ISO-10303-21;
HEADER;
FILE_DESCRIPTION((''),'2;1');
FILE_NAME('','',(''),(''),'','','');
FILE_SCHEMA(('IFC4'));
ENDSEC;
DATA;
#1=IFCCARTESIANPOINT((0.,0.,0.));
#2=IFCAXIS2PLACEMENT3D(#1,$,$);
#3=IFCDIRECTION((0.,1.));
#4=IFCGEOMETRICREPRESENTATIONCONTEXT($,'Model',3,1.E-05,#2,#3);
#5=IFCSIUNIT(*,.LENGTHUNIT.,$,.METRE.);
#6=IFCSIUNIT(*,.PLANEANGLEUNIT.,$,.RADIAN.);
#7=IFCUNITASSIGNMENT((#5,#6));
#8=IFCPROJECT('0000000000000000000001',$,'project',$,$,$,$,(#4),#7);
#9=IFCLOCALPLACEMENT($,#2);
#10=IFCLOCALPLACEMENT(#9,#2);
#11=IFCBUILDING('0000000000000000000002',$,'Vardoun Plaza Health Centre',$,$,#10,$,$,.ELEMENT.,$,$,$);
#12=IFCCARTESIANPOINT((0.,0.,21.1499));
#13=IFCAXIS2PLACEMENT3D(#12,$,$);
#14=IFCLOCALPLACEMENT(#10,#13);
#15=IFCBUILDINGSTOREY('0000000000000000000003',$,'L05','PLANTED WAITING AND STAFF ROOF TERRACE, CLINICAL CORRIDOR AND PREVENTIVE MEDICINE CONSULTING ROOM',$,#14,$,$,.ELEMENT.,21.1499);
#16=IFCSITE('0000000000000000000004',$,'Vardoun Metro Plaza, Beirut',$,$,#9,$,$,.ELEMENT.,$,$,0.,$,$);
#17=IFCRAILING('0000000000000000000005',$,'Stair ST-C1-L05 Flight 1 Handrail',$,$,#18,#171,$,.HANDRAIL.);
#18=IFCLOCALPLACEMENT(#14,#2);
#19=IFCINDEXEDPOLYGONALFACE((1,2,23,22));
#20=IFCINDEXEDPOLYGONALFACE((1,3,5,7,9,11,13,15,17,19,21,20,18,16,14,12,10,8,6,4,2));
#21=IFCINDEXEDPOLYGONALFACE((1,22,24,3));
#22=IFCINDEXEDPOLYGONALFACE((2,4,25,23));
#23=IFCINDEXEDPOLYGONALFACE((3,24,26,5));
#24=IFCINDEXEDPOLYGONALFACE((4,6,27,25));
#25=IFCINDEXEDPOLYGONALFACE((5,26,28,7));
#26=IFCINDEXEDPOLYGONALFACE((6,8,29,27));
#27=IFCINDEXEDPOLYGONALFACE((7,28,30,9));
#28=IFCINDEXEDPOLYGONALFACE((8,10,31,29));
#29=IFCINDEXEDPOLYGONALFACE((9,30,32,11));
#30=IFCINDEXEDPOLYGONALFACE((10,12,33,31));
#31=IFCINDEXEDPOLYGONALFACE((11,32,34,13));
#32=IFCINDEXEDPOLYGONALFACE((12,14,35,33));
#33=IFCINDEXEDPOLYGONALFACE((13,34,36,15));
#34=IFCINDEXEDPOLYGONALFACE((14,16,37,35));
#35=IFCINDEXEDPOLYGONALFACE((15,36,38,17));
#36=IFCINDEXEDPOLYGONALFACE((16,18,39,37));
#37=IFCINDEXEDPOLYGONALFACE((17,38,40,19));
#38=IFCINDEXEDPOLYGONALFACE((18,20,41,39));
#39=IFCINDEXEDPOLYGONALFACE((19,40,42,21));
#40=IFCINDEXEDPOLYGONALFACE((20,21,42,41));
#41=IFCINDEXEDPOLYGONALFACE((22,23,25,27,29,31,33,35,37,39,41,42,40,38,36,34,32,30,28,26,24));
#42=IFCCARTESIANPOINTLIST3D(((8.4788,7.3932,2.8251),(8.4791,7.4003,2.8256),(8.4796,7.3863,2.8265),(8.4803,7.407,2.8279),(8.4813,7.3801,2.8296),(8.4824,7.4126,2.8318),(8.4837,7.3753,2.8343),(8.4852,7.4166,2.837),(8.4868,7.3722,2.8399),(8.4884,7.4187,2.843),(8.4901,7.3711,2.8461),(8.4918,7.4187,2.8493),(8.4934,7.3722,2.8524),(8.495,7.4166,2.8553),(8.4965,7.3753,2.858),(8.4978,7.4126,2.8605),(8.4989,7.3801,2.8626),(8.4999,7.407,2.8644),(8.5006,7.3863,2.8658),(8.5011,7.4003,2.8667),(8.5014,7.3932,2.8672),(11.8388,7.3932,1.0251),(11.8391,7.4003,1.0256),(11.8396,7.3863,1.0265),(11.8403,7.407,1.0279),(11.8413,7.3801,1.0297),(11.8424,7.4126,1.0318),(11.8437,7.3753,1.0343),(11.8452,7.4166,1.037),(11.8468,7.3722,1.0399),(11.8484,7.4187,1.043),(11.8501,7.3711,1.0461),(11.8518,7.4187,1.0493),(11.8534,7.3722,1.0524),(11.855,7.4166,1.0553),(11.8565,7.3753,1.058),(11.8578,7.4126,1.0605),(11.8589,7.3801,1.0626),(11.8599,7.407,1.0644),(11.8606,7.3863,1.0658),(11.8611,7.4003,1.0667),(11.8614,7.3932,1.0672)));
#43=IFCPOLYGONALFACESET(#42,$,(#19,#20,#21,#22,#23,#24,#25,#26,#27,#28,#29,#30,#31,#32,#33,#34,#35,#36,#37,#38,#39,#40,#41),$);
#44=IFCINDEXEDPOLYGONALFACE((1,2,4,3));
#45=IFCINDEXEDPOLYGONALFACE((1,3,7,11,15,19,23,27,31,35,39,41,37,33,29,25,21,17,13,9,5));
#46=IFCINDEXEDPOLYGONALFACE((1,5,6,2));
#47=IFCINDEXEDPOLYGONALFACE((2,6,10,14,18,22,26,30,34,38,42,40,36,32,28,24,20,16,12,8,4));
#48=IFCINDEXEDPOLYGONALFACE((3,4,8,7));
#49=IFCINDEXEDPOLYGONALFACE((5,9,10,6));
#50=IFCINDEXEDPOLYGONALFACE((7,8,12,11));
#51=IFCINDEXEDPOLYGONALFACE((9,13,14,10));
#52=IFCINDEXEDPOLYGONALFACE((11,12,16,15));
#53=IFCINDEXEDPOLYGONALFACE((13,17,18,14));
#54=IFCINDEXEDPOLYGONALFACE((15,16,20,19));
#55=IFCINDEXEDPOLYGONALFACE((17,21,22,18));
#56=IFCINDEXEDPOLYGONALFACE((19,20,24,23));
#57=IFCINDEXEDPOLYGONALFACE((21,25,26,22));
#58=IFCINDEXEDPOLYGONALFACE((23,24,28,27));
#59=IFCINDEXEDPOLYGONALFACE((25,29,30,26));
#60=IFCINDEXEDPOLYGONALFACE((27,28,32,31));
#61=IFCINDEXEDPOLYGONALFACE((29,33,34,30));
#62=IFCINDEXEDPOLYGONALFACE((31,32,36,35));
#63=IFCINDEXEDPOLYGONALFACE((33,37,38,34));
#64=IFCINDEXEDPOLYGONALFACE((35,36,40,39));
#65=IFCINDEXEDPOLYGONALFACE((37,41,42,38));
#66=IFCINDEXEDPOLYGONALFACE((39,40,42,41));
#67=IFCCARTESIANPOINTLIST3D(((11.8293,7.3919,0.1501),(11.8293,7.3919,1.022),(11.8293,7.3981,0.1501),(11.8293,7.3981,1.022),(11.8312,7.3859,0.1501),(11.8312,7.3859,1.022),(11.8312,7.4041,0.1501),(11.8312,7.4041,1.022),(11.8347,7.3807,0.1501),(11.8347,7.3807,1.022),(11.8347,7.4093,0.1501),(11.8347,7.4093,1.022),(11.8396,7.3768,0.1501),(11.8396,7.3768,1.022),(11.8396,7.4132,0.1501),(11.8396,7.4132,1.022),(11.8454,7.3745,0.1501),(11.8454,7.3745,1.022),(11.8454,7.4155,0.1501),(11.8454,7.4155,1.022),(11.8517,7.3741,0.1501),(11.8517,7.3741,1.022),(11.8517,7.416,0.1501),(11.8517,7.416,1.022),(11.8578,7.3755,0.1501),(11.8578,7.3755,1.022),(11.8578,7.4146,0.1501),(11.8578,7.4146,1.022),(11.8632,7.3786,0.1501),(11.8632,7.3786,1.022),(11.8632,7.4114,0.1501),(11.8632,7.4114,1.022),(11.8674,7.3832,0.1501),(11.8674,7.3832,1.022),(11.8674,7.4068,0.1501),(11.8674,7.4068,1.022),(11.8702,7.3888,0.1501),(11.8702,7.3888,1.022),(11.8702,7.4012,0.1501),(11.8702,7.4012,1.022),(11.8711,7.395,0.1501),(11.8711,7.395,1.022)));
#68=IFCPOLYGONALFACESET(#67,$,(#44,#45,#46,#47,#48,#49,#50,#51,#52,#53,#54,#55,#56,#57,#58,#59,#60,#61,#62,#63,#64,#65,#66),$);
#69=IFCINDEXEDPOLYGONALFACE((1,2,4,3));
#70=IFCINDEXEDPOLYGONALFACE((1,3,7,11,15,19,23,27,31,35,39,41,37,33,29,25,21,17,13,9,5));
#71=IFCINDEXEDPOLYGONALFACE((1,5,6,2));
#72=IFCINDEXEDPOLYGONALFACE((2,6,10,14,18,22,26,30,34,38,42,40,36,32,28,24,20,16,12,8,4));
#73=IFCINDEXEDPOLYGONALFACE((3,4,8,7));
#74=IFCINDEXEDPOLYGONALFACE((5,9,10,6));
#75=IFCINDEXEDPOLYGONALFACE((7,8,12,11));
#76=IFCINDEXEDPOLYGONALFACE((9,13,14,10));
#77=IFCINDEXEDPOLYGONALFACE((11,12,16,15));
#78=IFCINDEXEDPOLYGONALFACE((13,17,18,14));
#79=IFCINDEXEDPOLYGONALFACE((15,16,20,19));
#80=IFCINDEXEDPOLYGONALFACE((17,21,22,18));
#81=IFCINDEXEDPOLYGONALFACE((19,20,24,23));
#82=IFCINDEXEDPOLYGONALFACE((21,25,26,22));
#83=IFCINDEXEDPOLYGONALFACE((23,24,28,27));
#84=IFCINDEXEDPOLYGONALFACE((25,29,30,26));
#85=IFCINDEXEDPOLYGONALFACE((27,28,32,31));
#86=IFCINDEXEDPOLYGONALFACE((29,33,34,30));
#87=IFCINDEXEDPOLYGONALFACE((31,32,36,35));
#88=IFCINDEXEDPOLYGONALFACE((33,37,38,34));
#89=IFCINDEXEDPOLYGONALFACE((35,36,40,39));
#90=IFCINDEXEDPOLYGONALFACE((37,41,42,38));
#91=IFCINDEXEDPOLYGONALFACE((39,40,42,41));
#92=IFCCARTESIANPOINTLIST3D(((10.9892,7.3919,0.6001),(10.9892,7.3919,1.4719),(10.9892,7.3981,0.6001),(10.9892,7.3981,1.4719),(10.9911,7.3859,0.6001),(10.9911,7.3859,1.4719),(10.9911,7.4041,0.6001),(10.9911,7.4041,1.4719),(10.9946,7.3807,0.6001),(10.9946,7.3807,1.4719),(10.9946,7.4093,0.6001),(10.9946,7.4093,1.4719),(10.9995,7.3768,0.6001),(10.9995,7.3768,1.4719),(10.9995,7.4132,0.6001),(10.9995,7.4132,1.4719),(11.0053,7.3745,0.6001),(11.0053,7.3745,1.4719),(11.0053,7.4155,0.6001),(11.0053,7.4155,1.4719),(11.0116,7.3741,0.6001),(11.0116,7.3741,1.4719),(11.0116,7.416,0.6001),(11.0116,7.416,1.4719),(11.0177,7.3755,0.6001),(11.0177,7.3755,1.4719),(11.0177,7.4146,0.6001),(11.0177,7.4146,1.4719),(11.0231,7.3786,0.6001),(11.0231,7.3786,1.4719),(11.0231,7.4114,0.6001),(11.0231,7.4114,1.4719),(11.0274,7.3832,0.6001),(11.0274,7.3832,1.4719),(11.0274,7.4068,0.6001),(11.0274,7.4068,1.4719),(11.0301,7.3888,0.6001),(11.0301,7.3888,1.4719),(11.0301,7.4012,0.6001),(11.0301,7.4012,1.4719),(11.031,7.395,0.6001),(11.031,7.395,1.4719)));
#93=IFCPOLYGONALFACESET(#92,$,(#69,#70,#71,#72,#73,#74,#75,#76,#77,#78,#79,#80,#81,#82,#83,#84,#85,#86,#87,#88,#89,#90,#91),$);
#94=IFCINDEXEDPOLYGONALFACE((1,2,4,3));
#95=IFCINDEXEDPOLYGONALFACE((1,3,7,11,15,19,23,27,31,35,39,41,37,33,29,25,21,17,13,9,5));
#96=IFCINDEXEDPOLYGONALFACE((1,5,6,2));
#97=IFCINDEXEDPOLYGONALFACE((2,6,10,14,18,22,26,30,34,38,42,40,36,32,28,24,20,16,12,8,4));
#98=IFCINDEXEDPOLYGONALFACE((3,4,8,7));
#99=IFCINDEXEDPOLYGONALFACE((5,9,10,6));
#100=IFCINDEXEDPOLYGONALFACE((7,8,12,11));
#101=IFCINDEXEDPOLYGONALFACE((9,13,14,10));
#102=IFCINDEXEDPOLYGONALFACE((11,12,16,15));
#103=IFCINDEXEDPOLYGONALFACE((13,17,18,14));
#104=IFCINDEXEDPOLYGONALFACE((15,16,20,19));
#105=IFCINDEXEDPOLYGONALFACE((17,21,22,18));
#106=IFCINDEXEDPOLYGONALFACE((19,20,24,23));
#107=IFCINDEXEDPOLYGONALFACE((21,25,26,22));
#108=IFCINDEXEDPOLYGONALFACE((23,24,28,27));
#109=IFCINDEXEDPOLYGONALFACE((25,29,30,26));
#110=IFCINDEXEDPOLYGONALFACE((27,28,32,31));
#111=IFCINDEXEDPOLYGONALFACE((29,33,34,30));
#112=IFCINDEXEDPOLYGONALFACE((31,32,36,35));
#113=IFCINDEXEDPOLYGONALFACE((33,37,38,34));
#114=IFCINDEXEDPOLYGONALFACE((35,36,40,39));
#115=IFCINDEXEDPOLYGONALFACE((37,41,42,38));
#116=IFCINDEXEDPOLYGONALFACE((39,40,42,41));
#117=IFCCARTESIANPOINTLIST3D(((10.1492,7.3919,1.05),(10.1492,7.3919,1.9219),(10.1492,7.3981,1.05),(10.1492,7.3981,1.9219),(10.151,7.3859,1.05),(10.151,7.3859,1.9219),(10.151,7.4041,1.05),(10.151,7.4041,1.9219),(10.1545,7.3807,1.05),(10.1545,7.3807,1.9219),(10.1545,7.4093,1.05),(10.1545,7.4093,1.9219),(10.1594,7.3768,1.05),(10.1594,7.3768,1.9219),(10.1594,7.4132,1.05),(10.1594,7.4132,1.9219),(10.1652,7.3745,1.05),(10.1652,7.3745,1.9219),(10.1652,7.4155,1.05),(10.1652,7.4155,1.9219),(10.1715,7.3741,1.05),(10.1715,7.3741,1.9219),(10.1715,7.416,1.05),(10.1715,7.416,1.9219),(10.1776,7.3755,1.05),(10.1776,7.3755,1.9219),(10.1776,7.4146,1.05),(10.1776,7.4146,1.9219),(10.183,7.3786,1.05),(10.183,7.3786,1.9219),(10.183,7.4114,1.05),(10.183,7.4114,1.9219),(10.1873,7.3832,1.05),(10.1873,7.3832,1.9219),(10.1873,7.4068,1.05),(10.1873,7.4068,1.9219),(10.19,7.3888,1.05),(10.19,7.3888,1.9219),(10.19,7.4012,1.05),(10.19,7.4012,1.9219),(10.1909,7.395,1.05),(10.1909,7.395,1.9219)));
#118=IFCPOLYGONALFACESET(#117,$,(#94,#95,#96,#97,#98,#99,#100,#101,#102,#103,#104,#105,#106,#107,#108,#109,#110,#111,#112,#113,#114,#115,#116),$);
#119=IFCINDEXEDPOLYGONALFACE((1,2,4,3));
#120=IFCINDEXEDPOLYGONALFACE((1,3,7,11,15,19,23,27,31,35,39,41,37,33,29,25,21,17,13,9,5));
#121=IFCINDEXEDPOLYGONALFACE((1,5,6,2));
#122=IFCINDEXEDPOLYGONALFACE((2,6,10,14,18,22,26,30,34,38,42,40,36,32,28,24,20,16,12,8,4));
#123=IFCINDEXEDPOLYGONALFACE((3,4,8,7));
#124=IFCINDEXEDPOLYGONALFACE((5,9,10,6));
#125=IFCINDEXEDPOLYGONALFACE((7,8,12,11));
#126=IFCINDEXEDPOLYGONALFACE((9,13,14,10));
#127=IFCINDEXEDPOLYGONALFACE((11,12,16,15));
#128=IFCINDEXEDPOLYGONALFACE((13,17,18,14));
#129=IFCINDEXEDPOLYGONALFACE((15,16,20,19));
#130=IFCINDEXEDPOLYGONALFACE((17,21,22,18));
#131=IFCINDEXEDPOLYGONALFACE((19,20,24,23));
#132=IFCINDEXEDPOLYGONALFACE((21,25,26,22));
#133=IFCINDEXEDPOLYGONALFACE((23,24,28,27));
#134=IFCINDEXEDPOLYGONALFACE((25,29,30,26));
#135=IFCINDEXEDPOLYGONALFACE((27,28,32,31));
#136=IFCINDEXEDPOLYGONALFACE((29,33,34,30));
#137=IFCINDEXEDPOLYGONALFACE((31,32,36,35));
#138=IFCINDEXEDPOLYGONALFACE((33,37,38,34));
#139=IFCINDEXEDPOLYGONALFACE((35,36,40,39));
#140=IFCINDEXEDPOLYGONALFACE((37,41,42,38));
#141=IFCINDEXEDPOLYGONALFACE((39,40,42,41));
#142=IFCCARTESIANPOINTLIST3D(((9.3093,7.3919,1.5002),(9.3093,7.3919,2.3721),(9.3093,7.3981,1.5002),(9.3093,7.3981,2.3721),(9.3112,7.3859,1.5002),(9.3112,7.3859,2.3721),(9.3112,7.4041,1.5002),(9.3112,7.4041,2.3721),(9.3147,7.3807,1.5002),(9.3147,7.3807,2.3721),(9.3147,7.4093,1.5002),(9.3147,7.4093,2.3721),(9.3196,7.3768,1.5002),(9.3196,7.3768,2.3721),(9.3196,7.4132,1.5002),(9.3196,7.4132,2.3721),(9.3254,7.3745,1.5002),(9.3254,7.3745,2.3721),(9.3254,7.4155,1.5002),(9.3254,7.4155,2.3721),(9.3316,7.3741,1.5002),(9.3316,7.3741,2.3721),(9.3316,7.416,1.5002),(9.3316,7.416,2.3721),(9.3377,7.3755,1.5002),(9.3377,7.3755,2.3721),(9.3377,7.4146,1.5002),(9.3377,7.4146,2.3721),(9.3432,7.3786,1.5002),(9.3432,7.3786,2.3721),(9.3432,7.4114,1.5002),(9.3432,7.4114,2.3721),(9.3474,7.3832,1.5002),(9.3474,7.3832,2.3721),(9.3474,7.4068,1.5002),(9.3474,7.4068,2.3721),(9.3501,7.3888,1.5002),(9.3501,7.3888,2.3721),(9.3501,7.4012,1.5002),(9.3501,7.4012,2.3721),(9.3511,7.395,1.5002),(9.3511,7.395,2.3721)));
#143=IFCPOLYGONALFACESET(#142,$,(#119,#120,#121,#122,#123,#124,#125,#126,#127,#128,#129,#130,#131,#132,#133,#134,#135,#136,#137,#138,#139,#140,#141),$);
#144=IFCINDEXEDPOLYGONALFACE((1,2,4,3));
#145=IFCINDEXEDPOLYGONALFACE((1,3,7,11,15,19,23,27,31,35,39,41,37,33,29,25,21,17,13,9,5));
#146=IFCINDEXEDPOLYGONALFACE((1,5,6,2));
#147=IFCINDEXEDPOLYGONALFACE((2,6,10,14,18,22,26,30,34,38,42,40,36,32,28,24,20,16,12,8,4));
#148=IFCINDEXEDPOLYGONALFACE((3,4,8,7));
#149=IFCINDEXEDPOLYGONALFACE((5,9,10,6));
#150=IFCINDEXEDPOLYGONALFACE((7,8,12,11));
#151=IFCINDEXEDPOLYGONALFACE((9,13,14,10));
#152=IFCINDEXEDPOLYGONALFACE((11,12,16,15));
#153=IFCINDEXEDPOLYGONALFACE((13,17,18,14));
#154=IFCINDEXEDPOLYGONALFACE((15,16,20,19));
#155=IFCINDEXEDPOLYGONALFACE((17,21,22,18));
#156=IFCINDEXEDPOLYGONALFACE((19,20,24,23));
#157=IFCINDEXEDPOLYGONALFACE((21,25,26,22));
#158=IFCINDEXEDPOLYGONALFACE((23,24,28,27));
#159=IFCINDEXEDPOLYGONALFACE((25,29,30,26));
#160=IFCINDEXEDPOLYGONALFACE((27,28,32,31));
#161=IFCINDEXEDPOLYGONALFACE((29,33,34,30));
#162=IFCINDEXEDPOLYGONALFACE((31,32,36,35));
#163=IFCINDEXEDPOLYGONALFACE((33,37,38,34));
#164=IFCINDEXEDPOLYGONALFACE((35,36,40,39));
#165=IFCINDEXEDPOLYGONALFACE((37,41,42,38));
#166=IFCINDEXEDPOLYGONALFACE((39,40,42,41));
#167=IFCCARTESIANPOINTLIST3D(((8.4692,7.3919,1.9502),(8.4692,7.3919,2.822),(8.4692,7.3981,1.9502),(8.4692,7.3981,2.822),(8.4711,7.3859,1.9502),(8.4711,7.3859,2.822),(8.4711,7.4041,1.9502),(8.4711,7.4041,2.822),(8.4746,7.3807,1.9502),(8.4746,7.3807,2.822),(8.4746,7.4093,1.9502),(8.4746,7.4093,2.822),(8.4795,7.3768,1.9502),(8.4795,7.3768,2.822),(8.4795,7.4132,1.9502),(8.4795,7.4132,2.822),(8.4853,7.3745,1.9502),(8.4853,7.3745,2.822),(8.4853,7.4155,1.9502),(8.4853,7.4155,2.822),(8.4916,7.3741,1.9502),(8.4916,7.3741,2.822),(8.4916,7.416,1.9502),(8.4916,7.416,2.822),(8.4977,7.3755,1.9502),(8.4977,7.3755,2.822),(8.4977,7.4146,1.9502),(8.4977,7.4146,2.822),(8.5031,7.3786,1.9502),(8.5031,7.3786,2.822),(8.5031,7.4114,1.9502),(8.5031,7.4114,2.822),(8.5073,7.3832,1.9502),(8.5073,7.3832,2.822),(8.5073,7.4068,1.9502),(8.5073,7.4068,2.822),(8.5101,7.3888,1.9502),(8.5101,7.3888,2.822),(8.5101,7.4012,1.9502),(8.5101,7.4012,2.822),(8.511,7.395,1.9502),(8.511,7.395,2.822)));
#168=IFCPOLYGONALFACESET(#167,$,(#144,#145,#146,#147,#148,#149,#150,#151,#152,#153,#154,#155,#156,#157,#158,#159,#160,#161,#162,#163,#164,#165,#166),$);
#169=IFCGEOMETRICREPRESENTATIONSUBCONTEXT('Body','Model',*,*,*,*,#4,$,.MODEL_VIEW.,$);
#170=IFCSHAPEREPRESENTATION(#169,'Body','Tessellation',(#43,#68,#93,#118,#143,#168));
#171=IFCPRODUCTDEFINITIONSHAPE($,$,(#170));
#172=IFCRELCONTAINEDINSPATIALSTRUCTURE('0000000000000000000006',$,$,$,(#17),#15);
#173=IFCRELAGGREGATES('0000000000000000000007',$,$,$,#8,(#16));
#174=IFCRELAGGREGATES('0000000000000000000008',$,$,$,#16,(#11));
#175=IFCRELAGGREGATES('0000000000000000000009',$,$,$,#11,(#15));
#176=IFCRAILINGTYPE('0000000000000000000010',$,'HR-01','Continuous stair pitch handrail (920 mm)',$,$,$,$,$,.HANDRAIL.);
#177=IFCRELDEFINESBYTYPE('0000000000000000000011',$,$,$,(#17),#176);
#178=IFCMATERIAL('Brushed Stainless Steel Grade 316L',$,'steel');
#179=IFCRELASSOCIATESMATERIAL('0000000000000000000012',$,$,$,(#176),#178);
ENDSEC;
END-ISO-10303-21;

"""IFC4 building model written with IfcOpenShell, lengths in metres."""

from ifc_helpers import new_model, si_unit, direction, frame, origin, origin_2d, place, context, subcontext, project, spatial, circle, extrude, material, type_object, element, save


model = new_model("IFC4")

# Units and contexts
model_context = context("Model", 3, precision=1e-05, world=origin(), true_north=direction((0.0, 1.0)))
body_context = subcontext(model_context, "Body", "Model", "MODEL_VIEW")
ifc_project = project(units=[si_unit("LENGTHUNIT", "METRE"), si_unit("PLANEANGLEUNIT", "RADIAN")], contexts=[model_context])

# Site, building, storey
site_placement = place(None, origin())
site = spatial("IfcSite", under=ifc_project, at=site_placement, Name="Vardoun Metro Plaza, Beirut", CompositionType="ELEMENT", RefElevation=0.0)
building_placement = place(site_placement, origin())
building = spatial("IfcBuilding", under=site, at=building_placement, Name="Vardoun Plaza Health Centre", CompositionType="ELEMENT")
storey_placement = place(building_placement, frame((0.0, 0.0, 21.1499)))
storey = spatial("IfcBuildingStorey", under=building, at=storey_placement, Name="L05", Description="PLANTED WAITING AND STAFF ROOF TERRACE, CLINICAL CORRIDOR AND PREVENTIVE MEDICINE CONSULTING ROOM", CompositionType="ELEMENT", Elevation=21.1499)

# Railing
ifc_material_1 = material(Name="Brushed Stainless Steel Grade 316L", Category="steel")
railing_type_1 = type_object("IfcRailingType", Name="HR-01", Description="Continuous stair pitch handrail (920 mm)", PredefinedType="HANDRAIL", material=ifc_material_1)
railing_1_placement = place(storey_placement, frame((11.8501, 7.395, 0.1501)))
element("IfcRailing", 1, at=railing_1_placement, inside=storey, type_object=railing_type_1, Name="Stair ST-C1-L05 Flight 1 Handrail", PredefinedType="HANDRAIL", context=body_context, shape_type="SweptSolid", body=[
    extrude(circle(Radius=0.0239, at=origin_2d()), frame((0.0, 0.0, 0.896), z_axis=(-0.881481, 0.0, 0.47222), x_axis=(0.0, -1.0, 0.0)), (0.0, 0.0, 1.0), 3.8118),
    extrude(circle(Radius=0.021, at=origin_2d()), origin(), (0.0, 0.0, 1.0), 0.8718),
    extrude(circle(Radius=0.021, at=origin_2d()), frame((-0.8401, 0.0, 0.45)), (0.0, 0.0, 1.0), 0.8718),
    extrude(circle(Radius=0.021, at=origin_2d()), frame((-1.6802, 0.0, 0.8999)), (0.0, 0.0, 1.0), 0.8718),
    extrude(circle(Radius=0.021, at=origin_2d()), frame((-2.52, 0.0, 1.3501)), (0.0, 0.0, 1.0), 0.8718),
    extrude(circle(Radius=0.021, at=origin_2d()), frame((-3.3601, 0.0, 1.8)), (0.0, 0.0, 1.0), 0.8718),
])

save(model, "model.ifc")
